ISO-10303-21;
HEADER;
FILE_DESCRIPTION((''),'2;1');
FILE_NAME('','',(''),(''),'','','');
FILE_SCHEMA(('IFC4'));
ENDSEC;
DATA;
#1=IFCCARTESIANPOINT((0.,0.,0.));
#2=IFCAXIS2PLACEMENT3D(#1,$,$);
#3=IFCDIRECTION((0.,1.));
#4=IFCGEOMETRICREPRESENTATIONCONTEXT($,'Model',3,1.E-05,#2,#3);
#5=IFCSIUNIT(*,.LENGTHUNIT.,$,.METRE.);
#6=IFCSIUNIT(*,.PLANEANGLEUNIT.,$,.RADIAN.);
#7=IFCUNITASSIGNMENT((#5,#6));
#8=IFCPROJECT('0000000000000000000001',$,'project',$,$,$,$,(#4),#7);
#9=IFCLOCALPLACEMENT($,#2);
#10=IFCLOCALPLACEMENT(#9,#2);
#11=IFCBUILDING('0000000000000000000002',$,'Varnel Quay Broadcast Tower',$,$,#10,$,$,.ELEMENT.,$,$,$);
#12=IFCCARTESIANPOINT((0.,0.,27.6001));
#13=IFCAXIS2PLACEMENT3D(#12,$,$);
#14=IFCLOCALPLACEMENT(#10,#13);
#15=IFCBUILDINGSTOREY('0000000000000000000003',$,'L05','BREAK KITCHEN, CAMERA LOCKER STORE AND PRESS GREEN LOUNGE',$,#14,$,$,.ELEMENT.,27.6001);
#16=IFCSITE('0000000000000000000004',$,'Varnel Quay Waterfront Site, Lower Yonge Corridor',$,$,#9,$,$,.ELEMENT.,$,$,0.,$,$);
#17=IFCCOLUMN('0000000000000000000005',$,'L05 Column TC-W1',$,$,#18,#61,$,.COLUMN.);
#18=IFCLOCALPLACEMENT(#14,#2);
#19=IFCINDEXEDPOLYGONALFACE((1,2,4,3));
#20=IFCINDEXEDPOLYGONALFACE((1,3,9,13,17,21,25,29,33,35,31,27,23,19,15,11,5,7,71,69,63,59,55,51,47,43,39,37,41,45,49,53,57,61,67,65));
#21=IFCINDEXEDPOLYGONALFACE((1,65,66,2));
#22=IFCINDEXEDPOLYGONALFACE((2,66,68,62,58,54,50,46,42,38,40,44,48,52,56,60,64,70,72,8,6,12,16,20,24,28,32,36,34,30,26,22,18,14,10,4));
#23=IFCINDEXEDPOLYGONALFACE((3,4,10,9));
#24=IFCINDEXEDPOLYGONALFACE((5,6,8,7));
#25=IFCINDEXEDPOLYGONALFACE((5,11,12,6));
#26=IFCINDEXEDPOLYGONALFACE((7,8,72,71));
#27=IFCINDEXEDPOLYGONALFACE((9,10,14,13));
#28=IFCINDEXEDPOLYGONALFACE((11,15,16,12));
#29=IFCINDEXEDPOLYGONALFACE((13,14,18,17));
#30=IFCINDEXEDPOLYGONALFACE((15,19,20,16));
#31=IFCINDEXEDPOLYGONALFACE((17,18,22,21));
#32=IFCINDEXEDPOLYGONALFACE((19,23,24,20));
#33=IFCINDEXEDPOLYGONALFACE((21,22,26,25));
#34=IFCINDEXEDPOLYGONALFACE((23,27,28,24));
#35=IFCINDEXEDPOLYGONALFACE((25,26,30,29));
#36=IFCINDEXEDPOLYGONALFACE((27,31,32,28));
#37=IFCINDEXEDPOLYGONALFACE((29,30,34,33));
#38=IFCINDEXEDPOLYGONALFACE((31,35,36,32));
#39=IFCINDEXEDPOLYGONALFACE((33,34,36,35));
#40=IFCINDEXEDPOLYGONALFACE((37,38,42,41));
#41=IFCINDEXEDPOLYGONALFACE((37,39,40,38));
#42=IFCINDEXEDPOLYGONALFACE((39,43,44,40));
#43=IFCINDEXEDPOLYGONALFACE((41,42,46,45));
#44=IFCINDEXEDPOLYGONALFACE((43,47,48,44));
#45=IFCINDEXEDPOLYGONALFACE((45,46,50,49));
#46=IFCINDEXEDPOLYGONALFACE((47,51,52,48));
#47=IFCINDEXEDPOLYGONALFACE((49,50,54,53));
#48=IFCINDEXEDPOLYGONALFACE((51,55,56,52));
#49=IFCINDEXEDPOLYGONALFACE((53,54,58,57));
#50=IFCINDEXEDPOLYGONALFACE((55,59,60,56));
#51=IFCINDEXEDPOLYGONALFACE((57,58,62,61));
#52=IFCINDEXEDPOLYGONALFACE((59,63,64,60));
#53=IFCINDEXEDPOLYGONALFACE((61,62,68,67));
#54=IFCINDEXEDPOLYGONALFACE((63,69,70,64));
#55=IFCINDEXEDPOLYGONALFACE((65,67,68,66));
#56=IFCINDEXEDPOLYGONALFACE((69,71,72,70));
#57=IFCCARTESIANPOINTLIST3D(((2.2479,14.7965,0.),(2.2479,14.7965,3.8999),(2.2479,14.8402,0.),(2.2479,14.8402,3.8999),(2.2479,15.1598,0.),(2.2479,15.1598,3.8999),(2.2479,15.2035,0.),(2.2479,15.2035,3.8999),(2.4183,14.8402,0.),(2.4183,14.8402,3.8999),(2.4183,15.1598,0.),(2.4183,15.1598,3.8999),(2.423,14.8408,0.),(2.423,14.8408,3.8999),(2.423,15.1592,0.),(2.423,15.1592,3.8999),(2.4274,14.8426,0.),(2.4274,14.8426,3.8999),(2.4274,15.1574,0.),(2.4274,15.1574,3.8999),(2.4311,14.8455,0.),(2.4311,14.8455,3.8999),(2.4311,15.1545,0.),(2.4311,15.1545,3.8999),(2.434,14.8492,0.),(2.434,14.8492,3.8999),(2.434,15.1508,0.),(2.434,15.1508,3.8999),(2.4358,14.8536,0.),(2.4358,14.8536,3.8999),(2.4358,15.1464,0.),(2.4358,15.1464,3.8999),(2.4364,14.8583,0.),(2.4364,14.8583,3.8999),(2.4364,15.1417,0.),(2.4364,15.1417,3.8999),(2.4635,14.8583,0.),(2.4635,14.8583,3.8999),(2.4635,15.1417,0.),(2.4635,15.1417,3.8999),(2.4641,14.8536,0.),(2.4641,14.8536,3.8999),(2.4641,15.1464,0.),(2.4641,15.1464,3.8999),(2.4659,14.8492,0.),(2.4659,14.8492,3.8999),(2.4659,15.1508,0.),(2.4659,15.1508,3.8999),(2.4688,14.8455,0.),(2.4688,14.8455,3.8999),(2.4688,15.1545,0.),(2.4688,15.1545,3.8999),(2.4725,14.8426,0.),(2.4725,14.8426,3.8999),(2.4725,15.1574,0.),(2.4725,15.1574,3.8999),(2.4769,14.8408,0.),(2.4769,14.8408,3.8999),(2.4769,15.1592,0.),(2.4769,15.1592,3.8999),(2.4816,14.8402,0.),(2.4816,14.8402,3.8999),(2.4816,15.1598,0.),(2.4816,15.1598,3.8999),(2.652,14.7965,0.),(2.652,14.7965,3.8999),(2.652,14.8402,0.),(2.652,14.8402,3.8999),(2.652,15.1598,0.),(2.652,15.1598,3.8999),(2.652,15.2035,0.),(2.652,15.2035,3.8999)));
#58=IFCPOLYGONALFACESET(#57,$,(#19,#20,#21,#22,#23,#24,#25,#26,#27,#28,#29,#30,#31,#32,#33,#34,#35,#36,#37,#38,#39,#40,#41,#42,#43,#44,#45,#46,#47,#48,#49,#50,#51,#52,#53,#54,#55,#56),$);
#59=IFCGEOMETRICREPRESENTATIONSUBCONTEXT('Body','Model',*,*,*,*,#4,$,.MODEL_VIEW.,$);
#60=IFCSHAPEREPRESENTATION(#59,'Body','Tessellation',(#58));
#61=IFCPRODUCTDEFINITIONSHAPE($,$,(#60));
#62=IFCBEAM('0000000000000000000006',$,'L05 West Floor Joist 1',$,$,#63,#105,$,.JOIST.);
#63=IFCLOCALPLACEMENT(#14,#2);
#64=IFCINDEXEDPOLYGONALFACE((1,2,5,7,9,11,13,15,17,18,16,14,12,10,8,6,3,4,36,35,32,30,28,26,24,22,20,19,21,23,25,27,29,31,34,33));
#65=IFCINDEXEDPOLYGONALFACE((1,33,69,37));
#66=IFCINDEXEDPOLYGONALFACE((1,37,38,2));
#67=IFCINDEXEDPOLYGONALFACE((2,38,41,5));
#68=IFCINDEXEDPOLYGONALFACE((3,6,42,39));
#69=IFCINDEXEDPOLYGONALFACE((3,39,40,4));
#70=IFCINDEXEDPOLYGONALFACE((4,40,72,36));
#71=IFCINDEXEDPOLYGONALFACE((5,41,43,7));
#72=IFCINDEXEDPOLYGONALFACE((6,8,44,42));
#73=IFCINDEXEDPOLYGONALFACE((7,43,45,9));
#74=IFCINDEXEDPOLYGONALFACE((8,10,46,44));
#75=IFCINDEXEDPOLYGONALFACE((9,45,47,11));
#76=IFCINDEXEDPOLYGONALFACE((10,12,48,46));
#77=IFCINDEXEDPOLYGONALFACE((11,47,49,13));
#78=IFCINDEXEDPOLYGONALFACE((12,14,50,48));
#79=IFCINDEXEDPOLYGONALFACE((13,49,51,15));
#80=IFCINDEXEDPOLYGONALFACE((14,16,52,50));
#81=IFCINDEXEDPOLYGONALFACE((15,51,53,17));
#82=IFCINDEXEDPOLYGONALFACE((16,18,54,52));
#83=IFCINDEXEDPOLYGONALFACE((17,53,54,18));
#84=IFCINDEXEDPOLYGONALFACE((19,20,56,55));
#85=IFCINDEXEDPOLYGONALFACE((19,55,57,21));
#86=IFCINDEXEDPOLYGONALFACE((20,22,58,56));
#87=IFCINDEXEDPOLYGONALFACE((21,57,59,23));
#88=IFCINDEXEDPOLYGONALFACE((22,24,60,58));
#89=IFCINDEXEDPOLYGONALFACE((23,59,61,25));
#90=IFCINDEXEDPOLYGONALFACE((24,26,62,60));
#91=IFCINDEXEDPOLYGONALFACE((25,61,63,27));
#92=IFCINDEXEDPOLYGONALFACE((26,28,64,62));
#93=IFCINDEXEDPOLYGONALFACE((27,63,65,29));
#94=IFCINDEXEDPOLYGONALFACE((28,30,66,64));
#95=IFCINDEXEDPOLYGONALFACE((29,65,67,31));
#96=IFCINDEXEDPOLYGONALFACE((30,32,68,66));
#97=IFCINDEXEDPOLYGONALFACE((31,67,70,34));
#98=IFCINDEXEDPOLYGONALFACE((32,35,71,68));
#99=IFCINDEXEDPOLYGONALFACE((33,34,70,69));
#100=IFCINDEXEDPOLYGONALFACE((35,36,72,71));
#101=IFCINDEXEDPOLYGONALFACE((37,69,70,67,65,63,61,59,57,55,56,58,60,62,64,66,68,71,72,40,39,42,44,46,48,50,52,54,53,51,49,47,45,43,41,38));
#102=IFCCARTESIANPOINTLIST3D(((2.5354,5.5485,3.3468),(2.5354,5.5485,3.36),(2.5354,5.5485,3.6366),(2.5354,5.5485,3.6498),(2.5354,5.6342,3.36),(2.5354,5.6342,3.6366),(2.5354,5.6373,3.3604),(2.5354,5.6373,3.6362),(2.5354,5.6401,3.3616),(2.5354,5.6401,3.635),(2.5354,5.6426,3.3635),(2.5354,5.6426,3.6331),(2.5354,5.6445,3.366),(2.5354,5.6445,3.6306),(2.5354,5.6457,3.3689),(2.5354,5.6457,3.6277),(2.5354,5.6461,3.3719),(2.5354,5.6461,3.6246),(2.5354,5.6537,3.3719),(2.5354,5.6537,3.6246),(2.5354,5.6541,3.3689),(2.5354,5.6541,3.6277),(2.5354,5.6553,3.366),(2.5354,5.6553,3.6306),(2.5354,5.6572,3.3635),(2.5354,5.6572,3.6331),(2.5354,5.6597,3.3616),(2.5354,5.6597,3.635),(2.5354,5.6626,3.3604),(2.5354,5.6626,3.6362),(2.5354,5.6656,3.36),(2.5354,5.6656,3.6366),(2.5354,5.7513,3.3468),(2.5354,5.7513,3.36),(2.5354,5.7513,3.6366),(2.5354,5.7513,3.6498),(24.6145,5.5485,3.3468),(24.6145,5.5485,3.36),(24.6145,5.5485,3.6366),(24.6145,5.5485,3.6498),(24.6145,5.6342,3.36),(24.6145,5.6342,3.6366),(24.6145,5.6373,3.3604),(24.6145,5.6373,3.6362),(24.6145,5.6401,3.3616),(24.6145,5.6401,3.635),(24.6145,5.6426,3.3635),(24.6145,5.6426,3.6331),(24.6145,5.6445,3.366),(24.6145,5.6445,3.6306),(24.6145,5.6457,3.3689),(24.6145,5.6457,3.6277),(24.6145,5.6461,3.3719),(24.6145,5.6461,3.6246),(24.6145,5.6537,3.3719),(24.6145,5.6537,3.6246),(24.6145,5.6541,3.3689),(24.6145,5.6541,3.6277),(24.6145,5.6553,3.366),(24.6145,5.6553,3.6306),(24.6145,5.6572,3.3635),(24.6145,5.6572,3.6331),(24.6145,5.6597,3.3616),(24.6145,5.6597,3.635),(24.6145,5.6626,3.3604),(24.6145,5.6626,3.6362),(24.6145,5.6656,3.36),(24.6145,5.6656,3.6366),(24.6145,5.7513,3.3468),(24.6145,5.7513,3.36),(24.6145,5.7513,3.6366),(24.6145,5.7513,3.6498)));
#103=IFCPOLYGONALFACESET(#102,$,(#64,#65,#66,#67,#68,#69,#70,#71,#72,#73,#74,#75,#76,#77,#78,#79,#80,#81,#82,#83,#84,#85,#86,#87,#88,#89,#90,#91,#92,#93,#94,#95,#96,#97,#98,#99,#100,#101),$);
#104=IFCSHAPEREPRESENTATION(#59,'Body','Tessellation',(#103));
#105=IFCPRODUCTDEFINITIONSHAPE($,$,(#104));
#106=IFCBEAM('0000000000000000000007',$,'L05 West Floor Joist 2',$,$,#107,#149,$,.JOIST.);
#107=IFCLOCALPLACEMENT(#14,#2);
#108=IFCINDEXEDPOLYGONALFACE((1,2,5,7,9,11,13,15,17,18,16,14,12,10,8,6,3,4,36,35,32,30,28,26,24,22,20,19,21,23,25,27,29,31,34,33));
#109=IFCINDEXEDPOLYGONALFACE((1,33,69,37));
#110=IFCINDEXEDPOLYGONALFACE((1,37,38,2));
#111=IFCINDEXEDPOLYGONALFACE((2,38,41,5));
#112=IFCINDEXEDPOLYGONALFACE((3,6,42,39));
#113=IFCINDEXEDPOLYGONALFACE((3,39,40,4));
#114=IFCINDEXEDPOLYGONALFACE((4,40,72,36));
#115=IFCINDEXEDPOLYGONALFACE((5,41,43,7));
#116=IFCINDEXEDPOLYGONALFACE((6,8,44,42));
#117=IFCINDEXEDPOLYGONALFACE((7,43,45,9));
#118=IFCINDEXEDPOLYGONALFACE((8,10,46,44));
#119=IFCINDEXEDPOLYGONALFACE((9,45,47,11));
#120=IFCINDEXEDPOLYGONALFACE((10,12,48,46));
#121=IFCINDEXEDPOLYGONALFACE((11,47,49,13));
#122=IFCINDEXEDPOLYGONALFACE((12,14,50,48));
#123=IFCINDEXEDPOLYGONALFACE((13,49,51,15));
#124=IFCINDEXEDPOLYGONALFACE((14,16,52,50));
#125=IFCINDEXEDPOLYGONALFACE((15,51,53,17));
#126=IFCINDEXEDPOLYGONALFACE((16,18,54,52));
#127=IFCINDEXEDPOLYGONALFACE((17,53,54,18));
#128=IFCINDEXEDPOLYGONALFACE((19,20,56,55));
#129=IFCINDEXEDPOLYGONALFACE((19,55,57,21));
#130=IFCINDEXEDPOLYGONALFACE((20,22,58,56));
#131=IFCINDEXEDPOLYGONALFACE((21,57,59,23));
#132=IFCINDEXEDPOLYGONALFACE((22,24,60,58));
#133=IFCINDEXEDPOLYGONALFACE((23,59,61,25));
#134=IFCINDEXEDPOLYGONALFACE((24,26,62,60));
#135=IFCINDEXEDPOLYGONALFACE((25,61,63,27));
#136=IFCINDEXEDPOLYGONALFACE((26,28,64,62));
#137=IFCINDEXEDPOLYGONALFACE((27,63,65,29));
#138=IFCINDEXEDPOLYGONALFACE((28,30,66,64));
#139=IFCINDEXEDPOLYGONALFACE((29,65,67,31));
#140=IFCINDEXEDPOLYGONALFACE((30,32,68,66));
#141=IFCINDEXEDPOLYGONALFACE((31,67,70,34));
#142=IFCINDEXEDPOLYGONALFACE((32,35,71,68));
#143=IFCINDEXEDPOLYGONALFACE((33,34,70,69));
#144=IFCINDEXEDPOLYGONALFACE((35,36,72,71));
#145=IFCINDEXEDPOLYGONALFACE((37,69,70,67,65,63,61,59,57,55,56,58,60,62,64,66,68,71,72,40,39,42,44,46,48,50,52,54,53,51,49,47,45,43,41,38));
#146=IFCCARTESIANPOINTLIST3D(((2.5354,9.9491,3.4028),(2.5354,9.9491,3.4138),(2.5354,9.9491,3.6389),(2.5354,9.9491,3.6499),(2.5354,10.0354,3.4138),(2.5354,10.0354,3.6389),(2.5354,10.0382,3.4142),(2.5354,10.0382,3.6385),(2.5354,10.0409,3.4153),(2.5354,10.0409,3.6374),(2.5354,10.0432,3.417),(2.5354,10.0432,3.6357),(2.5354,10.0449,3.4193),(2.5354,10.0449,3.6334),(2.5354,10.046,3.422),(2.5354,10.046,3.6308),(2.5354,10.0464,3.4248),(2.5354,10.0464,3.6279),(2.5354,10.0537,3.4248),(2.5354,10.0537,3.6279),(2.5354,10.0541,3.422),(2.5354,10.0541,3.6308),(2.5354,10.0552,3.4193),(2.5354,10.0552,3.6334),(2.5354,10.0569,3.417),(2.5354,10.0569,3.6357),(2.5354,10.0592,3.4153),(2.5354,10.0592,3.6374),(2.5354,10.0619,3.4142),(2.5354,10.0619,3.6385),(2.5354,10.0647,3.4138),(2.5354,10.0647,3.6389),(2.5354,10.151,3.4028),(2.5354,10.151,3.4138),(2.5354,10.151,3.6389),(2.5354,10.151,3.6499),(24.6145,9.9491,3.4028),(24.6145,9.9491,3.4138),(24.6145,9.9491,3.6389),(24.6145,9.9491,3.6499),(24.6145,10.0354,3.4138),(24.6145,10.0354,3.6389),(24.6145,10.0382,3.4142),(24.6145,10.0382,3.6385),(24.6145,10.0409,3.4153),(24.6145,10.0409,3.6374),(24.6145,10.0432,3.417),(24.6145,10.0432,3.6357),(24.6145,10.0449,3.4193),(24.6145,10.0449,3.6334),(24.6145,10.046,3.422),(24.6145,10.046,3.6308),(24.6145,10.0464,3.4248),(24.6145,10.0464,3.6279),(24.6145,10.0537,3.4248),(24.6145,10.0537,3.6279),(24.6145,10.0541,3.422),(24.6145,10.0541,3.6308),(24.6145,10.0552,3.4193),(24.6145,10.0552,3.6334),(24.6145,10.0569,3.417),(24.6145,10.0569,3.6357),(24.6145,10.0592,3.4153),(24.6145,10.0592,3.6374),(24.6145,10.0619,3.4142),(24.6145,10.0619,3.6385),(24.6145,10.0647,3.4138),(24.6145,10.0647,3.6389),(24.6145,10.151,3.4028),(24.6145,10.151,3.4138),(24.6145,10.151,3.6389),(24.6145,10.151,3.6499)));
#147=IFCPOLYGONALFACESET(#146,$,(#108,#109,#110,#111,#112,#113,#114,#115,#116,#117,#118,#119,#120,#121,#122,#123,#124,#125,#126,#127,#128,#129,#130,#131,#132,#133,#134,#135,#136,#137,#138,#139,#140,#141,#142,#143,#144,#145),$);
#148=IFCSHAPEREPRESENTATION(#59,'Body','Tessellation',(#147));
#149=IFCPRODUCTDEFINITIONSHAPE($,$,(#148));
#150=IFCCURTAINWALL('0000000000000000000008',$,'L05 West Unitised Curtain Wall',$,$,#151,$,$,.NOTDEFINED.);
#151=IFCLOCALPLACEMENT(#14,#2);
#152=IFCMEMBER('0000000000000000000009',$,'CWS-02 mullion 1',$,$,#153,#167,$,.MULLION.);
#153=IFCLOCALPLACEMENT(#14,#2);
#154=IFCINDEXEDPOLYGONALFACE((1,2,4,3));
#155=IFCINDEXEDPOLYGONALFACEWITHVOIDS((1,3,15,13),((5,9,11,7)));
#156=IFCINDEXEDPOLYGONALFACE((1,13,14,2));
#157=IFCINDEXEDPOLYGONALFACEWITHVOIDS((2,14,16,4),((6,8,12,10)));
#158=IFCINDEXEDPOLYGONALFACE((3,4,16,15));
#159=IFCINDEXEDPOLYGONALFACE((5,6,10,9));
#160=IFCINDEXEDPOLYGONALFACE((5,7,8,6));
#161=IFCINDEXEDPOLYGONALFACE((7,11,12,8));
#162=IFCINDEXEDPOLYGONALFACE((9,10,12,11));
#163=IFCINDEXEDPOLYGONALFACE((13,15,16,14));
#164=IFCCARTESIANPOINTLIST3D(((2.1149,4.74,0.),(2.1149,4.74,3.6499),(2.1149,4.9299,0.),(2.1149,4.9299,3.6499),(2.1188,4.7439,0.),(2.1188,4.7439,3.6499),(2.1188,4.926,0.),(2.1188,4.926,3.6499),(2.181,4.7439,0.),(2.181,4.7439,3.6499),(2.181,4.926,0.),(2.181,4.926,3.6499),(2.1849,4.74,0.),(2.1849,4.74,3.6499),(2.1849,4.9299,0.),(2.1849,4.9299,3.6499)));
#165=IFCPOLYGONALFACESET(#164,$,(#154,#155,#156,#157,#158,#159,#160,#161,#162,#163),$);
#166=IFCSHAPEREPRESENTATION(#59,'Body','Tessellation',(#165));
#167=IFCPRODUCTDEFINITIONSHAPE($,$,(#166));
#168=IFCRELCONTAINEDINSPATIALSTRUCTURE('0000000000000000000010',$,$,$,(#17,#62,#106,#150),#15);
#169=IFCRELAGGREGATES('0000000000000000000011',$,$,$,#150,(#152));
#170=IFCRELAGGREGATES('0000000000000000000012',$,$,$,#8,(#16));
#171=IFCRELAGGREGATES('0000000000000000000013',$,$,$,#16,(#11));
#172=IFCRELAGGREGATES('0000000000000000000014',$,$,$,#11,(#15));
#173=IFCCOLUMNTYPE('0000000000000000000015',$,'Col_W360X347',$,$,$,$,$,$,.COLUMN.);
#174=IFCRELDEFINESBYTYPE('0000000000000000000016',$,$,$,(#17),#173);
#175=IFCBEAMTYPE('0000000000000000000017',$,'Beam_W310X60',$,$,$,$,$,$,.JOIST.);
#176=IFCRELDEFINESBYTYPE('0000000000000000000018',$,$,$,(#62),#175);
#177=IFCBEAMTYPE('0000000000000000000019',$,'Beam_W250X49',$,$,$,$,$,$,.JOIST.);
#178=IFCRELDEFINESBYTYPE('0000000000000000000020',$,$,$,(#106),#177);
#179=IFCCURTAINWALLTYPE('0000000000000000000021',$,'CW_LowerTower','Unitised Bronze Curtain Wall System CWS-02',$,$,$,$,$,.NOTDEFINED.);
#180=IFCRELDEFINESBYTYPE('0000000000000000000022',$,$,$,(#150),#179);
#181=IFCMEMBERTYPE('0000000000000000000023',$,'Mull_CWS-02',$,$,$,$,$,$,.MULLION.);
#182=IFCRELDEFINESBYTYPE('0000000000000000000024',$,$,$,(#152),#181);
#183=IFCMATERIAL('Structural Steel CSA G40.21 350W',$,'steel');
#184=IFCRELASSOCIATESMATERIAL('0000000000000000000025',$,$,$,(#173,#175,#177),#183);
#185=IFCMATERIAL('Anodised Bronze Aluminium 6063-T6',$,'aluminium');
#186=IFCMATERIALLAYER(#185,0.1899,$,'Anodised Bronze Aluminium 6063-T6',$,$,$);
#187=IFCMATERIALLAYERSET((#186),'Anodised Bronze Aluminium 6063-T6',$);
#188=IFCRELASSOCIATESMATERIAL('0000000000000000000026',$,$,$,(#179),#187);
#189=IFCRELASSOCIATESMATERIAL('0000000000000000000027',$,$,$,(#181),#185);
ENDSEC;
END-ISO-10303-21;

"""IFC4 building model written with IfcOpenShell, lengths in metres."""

from ifc_helpers import new_model, si_unit, direction, frame, origin, origin_2d, place, context, subcontext, project, spatial, hollow_rectangle, i_section, extrude, source, transform, mapped, material, layer, layer_set, material_profile, profile_set, type_object, type_shapes, element, aggregate, save


model = new_model("IFC4")

# Units and contexts
model_context = context("Model", 3, precision=1e-05, world=origin(), true_north=direction((0.0, 1.0)))
body_context = subcontext(model_context, "Body", "Model", "MODEL_VIEW")
ifc_project = project(units=[si_unit("LENGTHUNIT", "METRE"), si_unit("PLANEANGLEUNIT", "RADIAN")], contexts=[model_context])

# Site, building, storey
site_placement = place(None, origin())
site = spatial("IfcSite", under=ifc_project, at=site_placement, Name="Varnel Quay Waterfront Site, Lower Yonge Corridor", CompositionType="ELEMENT", RefElevation=0.0)
building_placement = place(site_placement, origin())
building = spatial("IfcBuilding", under=site, at=building_placement, Name="Varnel Quay Broadcast Tower", CompositionType="ELEMENT")
storey_placement = place(building_placement, frame((0.0, 0.0, 27.6001)))
storey = spatial("IfcBuildingStorey", under=building, at=storey_placement, Name="L05", Description="BREAK KITCHEN, CAMERA LOCKER STORE AND PRESS GREEN LOUNGE", CompositionType="ELEMENT", Elevation=27.6001)

# Column
ifc_material_1 = material(Name="Structural Steel CSA G40.21 350W", Category="steel")
ifc_material_profile_1 = material_profile(ifc_material_1, i_section(OverallWidth=0.4041, OverallDepth=0.407, WebThickness=0.0271, FlangeThickness=0.0437, FilletRadius=0.0181, at=origin_2d()), Name="W360X347")
ifc_profile_set_1 = profile_set([ifc_material_profile_1], Name="Structural Steel CSA G40.21 350W")
column_type = type_object("IfcColumnType", Name="Col_W360X347", PredefinedType="COLUMN", material=ifc_profile_set_1)
shared_shape_1 = source(origin(), body_context, "Body", "SweptSolid", [
    extrude(i_section(OverallWidth=0.4041, OverallDepth=0.407, WebThickness=0.0271, FlangeThickness=0.0437, FilletRadius=0.0181, at=origin_2d()), origin(), (0.0, 0.0, 1.0), 3.8999),
])
type_shapes(column_type, [shared_shape_1])
column_placement = place(storey_placement, frame((2.45, 15.0, 0.0), z_axis=(0.0, 0.0, 1.0), x_axis=(1.0, 0.0, 0.0)))
element("IfcColumn", 1, at=column_placement, inside=storey, type_object=column_type, Name="L05 Column TC-W1", PredefinedType="COLUMN", context=body_context, shape_type="MappedRepresentation", body=[
    mapped(shared_shape_1, transform((0.0, 0.0, 0.0), x_axis=(1.0, 0.0, 0.0), y_axis=(0.0, 1.0, 0.0), z_axis=(0.0, 0.0, 1.0), scale=1.0)),
])

# Beams
ifc_material_profile_2 = material_profile(ifc_material_1, i_section(OverallWidth=0.2029, OverallDepth=0.303, WebThickness=0.0076, FlangeThickness=0.0132, FilletRadius=0.012, at=origin_2d()), Name="W310X60")
ifc_profile_set_2 = profile_set([ifc_material_profile_2], Name="Structural Steel CSA G40.21 350W")
beam_type_1 = type_object("IfcBeamType", Name="Beam_W310X60", PredefinedType="JOIST", material=ifc_profile_set_2)
shared_shape_2 = source(origin(), body_context, "Body", "SweptSolid", [
    extrude(i_section(OverallWidth=0.2029, OverallDepth=0.303, WebThickness=0.0076, FlangeThickness=0.0132, FilletRadius=0.012, at=origin_2d()), origin(), (0.0, 0.0, 1.0), 22.0791),
])
type_shapes(beam_type_1, [shared_shape_2])
beam_1_placement = place(storey_placement, frame((2.5354, 5.6499, 3.4983), z_axis=(1.0, 0.0, 0.0), x_axis=(0.0, 1.0, 0.0)))
element("IfcBeam", 2, at=beam_1_placement, inside=storey, type_object=beam_type_1, Name="L05 West Floor Joist 1", PredefinedType="JOIST", context=body_context, shape_type="MappedRepresentation", body=[
    mapped(shared_shape_2, transform((0.0, 0.0, 0.0), x_axis=(1.0, 0.0, 0.0), y_axis=(0.0, 1.0, 0.0), z_axis=(0.0, 0.0, 1.0), scale=1.0)),
])
ifc_material_profile_3 = material_profile(ifc_material_1, i_section(OverallWidth=0.2019, OverallDepth=0.2471, WebThickness=0.0073, FlangeThickness=0.011, FilletRadius=0.011, at=origin_2d()), Name="W250X49")
ifc_profile_set_3 = profile_set([ifc_material_profile_3], Name="Structural Steel CSA G40.21 350W")
beam_type_2 = type_object("IfcBeamType", Name="Beam_W250X49", PredefinedType="JOIST", material=ifc_profile_set_3)
shared_shape_3 = source(origin(), body_context, "Body", "SweptSolid", [
    extrude(i_section(OverallWidth=0.2019, OverallDepth=0.2471, WebThickness=0.0073, FlangeThickness=0.011, FilletRadius=0.011, at=origin_2d()), origin(), (0.0, 0.0, 1.0), 22.0791),
])
type_shapes(beam_type_2, [shared_shape_3])
beam_2_placement = place(storey_placement, frame((2.5354, 10.05, 3.5264), z_axis=(1.0, 0.0, 0.0), x_axis=(0.0, 1.0, 0.0)))
element("IfcBeam", 3, at=beam_2_placement, inside=storey, type_object=beam_type_2, Name="L05 West Floor Joist 2", PredefinedType="JOIST", context=body_context, shape_type="MappedRepresentation", body=[
    mapped(shared_shape_3, transform((0.0, 0.0, 0.0), x_axis=(1.0, 0.0, 0.0), y_axis=(0.0, 1.0, 0.0), z_axis=(0.0, 0.0, 1.0), scale=1.0)),
])

# Curtain wall, member
ifc_material_2 = material(Name="Anodised Bronze Aluminium 6063-T6", Category="aluminium")
ifc_layer_1 = layer(ifc_material_2, 0.1899, Name="Anodised Bronze Aluminium 6063-T6")
ifc_layer_set_1 = layer_set([ifc_layer_1], Name="Anodised Bronze Aluminium 6063-T6")
curtain_wall_type_1 = type_object("IfcCurtainWallType", Name="CW_LowerTower", Description="Unitised Bronze Curtain Wall System CWS-02", PredefinedType="NOTDEFINED", material=ifc_layer_set_1)
curtain_wall_1_placement = place(storey_placement, origin())
curtain_wall_1 = element("IfcCurtainWall", 4, at=curtain_wall_1_placement, inside=storey, type_object=curtain_wall_type_1, Name="L05 West Unitised Curtain Wall", PredefinedType="NOTDEFINED")
ifc_material_profile_4 = material_profile(ifc_material_2, hollow_rectangle(XDim=0.0701, YDim=0.1899, WallThickness=0.0039, at=origin_2d()), Name="ALU70X190X4")
ifc_profile_set_4 = profile_set([ifc_material_profile_4], Name="Anodised Bronze Aluminium 6063-T6")
member_type_1 = type_object("IfcMemberType", Name="Mull_CWS-02", PredefinedType="MULLION", material=ifc_profile_set_4)
shared_shape_4 = source(origin(), body_context, "Body", "SweptSolid", [
    extrude(hollow_rectangle(XDim=0.0701, YDim=0.1899, WallThickness=0.0039, at=origin_2d()), origin(), (0.0, 0.0, 1.0), 3.6499),
])
type_shapes(member_type_1, [shared_shape_4])
member_1_placement = place(storey_placement, frame((2.1499, 4.835, 0.0), z_axis=(0.0, 0.0, 1.0), x_axis=(-1.0, 0.0, 0.0)))
member_1 = element("IfcMember", 5, at=member_1_placement, type_object=member_type_1, Name="CWS-02 mullion 1", PredefinedType="MULLION", context=body_context, shape_type="MappedRepresentation", body=[
    mapped(shared_shape_4, transform((0.0, 0.0, 0.0), x_axis=(1.0, 0.0, 0.0), y_axis=(0.0, 1.0, 0.0), z_axis=(0.0, 0.0, 1.0), scale=1.0)),
])

aggregate(curtain_wall_1, [member_1])

save(model, "model.ifc")
